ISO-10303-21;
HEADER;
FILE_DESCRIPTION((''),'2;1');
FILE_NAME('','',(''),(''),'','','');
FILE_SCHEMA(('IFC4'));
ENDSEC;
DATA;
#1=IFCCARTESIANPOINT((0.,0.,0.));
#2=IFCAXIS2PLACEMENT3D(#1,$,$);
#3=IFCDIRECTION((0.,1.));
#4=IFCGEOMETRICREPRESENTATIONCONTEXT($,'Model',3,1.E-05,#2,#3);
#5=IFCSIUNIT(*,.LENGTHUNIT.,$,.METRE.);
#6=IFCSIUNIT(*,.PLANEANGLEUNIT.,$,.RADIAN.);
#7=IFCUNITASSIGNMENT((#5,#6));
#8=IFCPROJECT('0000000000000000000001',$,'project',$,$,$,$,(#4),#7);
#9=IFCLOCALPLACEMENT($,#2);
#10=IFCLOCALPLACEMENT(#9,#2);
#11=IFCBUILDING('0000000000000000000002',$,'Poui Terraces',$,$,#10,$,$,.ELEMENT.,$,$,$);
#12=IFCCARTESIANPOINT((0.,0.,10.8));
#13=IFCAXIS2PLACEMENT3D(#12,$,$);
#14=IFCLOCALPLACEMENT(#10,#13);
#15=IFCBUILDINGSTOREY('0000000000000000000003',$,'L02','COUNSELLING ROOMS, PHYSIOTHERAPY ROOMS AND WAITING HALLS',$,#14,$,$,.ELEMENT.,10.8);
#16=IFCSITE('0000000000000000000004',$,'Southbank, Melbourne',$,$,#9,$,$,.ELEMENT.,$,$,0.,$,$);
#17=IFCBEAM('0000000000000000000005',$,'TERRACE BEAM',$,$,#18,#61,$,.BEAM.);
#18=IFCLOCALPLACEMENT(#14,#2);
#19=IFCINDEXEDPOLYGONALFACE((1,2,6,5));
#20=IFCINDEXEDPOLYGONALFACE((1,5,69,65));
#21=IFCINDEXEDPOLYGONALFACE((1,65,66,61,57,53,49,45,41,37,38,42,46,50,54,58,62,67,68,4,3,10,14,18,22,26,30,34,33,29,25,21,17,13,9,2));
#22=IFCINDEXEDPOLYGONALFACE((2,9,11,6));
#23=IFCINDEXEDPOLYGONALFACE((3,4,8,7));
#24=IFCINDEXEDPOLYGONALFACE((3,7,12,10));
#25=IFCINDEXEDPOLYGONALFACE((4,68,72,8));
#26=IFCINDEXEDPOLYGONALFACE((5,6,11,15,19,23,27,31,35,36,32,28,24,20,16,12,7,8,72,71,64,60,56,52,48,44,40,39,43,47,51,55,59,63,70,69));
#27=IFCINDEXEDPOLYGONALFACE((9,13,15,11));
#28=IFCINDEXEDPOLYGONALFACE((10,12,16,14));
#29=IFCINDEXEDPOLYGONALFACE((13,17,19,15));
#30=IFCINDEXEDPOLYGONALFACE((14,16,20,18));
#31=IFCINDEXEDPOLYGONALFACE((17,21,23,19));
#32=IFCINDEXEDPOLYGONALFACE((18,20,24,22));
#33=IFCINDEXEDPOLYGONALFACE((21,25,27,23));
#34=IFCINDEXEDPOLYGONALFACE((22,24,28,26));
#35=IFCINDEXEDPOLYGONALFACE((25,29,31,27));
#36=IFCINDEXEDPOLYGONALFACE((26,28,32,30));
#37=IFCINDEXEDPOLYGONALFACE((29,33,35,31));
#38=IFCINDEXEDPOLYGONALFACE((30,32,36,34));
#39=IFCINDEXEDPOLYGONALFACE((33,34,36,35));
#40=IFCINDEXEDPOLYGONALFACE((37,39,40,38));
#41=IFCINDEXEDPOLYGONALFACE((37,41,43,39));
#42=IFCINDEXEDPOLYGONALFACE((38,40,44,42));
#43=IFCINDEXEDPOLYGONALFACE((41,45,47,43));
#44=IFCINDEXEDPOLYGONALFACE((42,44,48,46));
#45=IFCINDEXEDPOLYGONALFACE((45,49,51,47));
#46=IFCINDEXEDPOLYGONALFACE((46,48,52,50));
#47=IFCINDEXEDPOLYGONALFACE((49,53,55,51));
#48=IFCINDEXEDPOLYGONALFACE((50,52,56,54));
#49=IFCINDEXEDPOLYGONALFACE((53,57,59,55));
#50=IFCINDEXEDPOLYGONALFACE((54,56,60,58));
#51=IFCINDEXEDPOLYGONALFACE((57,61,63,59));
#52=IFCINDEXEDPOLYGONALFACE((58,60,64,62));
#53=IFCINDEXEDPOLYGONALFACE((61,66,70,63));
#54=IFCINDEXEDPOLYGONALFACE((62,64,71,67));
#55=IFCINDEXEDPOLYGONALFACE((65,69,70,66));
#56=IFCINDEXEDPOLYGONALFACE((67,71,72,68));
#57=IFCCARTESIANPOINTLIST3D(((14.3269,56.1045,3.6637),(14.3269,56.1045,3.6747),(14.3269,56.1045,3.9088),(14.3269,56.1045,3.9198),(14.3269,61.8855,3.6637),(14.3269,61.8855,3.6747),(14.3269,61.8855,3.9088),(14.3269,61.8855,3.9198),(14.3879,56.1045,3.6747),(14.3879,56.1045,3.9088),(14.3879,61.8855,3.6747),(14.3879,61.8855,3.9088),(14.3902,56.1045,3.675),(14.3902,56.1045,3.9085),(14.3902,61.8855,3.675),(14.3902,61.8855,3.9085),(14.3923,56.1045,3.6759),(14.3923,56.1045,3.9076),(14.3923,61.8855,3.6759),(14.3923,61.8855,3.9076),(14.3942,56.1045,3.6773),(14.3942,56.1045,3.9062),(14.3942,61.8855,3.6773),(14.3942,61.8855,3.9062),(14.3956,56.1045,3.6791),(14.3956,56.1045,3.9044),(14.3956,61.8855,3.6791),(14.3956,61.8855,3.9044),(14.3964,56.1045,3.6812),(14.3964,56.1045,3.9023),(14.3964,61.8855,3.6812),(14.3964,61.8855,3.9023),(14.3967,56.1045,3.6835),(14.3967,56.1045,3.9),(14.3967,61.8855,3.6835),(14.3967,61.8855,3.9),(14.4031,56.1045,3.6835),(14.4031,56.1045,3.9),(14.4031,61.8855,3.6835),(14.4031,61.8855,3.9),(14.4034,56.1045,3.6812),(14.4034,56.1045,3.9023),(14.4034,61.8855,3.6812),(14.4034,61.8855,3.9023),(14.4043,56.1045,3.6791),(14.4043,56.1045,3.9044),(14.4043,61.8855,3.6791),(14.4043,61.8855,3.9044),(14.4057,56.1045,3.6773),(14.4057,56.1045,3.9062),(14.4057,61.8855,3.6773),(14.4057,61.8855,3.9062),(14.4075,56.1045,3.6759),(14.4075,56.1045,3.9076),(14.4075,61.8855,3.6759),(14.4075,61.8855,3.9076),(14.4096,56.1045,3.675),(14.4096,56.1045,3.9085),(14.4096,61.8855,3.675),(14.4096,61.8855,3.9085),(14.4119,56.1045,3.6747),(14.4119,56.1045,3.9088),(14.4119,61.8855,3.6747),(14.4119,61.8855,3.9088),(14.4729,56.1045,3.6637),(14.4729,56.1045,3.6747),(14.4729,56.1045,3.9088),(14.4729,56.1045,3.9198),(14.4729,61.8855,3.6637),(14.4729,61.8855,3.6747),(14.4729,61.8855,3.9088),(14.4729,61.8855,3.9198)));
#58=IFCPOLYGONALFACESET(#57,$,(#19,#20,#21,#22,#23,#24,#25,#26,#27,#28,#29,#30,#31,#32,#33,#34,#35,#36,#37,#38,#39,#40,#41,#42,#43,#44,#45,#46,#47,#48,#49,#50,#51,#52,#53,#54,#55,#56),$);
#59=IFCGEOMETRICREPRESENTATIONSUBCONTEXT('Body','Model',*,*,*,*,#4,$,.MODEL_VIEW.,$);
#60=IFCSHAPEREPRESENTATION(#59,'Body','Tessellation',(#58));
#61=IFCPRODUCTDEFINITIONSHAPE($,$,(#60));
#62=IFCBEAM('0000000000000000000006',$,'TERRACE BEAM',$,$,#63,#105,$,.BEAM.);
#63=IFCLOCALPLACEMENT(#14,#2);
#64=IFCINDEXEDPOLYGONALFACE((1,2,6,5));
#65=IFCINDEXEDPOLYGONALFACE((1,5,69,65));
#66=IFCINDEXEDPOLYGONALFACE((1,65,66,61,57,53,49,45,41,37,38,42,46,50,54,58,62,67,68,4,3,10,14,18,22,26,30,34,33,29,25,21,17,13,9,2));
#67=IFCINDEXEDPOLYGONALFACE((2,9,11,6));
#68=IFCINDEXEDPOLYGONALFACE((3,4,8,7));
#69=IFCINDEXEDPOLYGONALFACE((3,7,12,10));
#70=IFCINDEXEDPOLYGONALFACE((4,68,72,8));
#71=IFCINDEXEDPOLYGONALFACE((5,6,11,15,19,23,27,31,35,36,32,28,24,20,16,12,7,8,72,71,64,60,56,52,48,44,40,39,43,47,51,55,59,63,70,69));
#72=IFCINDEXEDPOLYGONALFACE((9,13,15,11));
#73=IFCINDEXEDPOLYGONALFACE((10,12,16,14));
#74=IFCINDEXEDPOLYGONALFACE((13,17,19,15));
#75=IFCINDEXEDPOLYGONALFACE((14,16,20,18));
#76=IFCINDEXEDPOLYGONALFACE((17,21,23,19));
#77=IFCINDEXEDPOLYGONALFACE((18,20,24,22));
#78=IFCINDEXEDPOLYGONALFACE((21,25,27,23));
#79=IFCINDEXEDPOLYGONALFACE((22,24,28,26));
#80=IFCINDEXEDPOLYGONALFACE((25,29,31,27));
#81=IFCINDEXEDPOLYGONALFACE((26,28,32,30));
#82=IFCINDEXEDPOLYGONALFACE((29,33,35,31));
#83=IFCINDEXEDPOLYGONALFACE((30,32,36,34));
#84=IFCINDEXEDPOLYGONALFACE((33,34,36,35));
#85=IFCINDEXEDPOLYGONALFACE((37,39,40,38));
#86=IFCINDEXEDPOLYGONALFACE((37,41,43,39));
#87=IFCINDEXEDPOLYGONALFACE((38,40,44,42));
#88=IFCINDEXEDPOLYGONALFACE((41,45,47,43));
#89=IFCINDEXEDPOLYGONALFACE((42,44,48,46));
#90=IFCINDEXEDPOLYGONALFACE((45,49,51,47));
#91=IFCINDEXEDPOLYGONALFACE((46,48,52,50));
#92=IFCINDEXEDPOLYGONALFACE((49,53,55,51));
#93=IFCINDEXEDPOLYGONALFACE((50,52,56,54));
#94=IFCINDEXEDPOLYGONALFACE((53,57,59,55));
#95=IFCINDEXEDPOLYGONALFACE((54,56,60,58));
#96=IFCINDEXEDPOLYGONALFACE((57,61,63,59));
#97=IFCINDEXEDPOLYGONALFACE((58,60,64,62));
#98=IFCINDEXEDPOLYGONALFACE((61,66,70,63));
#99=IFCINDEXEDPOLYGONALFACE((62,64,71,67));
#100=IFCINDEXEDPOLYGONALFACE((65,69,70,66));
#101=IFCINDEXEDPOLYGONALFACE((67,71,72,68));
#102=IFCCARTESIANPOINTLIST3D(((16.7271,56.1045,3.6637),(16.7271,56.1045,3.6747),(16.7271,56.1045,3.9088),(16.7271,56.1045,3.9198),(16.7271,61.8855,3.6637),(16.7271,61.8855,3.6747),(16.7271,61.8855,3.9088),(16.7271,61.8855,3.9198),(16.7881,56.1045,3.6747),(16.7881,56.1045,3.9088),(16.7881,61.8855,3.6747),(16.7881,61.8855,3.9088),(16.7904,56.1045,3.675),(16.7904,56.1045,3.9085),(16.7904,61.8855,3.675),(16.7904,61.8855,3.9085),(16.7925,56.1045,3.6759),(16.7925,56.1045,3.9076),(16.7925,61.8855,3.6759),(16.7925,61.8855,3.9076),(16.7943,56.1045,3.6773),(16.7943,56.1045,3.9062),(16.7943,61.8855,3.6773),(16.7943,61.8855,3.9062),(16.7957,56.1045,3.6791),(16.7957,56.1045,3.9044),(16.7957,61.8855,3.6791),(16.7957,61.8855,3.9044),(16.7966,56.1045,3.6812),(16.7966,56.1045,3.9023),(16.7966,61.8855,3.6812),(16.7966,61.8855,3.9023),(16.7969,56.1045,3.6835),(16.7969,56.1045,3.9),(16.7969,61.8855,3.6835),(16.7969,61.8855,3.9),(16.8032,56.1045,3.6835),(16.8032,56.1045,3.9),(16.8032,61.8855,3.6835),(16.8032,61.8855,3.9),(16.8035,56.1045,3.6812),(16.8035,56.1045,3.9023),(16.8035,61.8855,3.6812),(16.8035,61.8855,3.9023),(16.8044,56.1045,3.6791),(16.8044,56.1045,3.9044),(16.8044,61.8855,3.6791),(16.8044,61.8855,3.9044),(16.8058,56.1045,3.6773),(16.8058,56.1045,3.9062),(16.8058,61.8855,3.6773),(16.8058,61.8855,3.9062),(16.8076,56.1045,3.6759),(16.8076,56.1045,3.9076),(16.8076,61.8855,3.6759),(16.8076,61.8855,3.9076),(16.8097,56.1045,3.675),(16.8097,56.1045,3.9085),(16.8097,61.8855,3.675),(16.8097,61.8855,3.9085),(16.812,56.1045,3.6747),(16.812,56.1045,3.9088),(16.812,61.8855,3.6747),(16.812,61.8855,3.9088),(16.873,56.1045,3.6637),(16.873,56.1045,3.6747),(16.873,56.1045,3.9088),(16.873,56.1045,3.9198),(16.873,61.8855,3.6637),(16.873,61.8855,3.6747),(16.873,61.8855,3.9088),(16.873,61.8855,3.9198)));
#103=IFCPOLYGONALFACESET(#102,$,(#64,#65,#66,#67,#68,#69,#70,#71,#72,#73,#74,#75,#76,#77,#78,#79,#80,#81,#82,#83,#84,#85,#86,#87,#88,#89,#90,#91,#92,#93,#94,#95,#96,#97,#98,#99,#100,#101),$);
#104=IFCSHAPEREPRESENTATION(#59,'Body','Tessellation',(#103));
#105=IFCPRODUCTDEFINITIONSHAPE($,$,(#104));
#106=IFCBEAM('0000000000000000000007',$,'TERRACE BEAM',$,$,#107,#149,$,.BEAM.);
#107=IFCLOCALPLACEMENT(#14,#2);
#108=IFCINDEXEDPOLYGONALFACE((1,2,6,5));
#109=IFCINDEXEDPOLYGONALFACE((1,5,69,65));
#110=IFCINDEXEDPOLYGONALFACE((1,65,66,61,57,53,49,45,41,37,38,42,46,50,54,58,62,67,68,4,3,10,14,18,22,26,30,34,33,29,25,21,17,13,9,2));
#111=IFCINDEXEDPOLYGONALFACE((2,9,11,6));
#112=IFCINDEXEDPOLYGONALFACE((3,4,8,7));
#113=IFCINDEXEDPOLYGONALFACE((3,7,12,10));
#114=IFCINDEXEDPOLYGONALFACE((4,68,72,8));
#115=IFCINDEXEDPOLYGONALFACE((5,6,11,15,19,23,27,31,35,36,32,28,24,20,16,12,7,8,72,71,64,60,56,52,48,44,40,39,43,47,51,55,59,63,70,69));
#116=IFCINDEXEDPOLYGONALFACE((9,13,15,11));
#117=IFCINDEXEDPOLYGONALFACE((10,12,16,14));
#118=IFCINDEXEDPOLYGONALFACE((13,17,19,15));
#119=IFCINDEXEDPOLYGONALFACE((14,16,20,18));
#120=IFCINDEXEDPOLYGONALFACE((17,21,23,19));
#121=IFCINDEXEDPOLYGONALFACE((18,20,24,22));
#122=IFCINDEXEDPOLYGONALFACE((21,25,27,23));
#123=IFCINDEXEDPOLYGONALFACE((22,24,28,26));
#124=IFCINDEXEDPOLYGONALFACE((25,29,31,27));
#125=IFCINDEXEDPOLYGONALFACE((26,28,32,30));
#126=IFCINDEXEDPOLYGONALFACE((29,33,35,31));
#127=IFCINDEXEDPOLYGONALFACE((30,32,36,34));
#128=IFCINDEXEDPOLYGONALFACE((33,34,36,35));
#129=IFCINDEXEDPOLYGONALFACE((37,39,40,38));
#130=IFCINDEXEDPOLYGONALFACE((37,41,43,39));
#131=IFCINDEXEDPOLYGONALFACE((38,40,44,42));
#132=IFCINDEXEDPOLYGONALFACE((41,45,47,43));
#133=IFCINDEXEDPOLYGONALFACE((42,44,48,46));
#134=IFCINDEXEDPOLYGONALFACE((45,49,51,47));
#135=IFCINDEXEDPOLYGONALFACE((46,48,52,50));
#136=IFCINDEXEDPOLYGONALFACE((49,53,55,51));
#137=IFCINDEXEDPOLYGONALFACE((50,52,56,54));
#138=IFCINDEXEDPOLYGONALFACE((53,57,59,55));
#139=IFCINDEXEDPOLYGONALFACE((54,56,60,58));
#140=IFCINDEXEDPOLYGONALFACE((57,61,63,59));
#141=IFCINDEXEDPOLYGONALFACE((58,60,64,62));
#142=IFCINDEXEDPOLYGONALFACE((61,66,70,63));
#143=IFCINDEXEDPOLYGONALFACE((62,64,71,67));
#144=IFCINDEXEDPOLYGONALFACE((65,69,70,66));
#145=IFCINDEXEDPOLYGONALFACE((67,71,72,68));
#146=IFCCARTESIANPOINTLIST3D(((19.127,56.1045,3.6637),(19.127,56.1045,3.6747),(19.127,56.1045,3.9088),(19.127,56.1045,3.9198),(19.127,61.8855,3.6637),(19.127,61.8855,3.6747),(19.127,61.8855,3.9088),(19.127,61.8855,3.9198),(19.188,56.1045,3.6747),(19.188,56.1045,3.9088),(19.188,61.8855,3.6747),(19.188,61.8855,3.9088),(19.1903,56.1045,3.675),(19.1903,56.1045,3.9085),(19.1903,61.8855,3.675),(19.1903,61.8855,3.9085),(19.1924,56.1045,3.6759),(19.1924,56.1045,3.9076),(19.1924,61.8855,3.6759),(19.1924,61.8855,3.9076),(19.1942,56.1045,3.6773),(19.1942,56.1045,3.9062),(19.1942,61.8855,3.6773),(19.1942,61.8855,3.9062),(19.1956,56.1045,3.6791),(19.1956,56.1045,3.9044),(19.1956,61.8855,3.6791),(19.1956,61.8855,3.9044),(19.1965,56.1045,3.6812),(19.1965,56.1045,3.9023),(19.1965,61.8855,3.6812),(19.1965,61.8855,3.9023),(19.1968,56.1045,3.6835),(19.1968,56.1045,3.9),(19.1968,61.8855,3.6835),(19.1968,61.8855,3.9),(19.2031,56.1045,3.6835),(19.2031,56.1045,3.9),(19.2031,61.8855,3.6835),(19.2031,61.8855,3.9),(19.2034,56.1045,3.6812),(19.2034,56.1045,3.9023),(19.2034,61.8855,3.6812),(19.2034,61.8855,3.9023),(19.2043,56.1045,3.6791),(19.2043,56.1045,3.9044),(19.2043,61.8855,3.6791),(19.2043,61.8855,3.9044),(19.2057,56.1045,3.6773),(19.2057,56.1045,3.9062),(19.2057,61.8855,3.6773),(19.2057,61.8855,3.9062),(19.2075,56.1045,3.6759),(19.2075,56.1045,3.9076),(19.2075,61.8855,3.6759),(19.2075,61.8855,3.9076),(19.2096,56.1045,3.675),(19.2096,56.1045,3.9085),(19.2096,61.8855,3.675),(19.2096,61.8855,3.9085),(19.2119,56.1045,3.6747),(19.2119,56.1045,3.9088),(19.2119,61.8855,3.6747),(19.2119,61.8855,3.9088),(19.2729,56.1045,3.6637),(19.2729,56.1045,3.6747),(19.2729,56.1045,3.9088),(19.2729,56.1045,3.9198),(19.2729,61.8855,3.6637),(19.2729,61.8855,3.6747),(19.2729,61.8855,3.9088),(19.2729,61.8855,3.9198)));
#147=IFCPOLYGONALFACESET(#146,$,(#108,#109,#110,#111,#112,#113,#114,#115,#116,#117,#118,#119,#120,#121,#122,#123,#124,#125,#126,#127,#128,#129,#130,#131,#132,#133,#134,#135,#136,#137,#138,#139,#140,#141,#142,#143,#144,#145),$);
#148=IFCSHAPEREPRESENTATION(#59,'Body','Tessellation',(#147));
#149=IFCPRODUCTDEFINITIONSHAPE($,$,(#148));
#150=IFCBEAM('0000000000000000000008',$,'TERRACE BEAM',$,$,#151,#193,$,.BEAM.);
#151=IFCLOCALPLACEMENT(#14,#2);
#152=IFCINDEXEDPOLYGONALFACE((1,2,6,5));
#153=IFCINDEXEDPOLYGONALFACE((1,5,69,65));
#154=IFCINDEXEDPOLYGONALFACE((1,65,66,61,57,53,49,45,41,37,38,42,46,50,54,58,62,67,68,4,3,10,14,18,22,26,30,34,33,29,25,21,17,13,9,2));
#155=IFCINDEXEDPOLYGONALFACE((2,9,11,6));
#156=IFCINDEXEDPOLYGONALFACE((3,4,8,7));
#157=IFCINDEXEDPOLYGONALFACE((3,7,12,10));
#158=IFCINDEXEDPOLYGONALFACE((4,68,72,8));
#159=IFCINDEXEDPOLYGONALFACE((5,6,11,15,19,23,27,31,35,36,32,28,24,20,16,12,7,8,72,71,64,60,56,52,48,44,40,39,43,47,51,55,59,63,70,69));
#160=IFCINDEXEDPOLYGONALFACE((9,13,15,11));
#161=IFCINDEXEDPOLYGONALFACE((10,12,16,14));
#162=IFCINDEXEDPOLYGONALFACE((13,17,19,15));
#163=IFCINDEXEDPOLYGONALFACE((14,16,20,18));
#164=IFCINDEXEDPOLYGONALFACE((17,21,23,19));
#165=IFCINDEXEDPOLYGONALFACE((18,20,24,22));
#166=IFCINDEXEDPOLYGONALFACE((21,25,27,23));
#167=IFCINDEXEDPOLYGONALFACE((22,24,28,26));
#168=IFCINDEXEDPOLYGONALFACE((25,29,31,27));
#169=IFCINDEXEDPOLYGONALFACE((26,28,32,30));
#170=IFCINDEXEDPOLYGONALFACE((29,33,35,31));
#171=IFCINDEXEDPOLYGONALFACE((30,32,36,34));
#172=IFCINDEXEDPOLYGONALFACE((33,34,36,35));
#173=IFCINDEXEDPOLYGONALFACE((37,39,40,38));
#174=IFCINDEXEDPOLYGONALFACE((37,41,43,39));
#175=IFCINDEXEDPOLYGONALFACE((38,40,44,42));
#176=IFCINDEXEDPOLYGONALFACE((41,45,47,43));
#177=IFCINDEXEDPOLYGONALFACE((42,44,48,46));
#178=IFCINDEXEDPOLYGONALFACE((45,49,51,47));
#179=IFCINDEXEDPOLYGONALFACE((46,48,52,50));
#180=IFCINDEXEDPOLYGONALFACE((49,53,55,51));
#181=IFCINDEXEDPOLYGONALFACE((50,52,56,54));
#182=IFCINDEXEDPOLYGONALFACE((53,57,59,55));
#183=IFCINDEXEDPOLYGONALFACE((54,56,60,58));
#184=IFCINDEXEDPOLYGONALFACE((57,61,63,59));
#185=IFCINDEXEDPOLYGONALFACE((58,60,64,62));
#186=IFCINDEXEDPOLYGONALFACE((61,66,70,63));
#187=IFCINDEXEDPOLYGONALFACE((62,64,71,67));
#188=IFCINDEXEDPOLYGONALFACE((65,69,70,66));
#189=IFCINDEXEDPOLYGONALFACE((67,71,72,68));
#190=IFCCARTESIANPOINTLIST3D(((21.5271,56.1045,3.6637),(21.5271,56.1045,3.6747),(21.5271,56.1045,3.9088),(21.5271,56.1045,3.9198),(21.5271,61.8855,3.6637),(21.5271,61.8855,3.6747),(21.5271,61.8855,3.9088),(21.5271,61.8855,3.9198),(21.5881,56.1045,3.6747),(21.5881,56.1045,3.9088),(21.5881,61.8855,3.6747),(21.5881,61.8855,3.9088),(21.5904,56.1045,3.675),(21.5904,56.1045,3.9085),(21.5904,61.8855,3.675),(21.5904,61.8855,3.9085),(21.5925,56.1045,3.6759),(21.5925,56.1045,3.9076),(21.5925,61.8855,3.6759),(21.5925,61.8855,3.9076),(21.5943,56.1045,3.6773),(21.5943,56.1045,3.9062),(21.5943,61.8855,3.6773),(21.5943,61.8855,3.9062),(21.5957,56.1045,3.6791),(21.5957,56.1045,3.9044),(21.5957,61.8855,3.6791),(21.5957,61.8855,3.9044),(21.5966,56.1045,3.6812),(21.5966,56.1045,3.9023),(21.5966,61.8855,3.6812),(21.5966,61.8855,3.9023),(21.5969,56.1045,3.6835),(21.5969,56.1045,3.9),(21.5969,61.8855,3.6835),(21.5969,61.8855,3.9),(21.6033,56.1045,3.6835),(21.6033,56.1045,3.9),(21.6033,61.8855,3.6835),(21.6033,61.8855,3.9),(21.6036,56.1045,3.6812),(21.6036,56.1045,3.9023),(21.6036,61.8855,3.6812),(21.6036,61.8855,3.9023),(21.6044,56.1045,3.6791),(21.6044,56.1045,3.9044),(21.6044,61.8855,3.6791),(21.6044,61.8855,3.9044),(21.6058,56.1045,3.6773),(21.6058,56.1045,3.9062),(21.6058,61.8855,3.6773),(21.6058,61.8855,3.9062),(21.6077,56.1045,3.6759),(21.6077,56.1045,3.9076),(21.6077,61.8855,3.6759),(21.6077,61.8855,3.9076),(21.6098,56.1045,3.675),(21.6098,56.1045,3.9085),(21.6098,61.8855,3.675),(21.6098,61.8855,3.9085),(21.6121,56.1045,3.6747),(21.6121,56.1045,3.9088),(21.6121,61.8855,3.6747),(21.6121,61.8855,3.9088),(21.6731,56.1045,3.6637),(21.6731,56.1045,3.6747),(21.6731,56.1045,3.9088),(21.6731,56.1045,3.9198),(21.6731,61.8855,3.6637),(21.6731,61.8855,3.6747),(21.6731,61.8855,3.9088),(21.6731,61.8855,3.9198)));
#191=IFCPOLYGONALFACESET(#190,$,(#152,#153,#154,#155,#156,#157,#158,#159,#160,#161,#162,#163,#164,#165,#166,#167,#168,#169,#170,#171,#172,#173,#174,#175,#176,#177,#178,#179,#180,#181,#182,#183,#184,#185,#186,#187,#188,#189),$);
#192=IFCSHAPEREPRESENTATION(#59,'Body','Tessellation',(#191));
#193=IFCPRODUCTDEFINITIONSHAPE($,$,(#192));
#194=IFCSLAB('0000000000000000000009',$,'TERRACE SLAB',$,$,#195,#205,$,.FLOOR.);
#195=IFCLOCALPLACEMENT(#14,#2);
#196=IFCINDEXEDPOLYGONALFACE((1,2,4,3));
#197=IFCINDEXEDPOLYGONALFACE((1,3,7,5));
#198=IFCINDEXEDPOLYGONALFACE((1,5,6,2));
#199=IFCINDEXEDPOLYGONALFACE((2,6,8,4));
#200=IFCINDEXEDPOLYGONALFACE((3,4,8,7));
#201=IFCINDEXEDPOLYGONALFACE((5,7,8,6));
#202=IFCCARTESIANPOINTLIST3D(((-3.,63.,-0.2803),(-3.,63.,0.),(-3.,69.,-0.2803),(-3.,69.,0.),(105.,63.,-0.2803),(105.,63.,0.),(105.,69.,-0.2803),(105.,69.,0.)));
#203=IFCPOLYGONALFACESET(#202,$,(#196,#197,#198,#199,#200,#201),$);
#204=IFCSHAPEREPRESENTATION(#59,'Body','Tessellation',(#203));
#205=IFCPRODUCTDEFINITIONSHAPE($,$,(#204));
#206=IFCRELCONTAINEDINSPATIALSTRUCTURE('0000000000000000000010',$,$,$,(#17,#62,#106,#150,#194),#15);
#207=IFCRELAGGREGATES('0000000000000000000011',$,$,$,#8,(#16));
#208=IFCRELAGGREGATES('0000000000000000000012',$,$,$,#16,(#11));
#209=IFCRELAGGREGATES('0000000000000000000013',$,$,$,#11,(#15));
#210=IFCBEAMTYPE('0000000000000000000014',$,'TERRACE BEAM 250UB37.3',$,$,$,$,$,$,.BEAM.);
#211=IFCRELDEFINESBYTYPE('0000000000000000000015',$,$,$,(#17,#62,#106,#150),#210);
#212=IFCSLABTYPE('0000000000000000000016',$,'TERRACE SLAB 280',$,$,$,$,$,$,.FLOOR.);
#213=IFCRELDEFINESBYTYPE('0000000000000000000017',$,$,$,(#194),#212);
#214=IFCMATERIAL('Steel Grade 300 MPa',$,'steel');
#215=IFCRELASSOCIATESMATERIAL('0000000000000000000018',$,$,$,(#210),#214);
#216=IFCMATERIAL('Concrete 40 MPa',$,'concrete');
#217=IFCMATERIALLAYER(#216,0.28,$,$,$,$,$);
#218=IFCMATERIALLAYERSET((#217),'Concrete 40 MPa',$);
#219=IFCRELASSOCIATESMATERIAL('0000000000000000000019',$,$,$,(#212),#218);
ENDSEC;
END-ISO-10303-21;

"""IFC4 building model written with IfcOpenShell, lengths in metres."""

from ifc_helpers import new_model, si_unit, direction, frame, origin, origin_2d, place, context, subcontext, project, spatial, polyline, i_section, outline, extrude, source, transform, mapped, material, layer, layer_set, material_profile, profile_set, type_object, element, save


model = new_model("IFC4")

# Units and contexts
model_context = context("Model", 3, precision=1e-05, world=origin(), true_north=direction((0.0, 1.0)))
body_context = subcontext(model_context, "Body", "Model", "MODEL_VIEW")
ifc_project = project(units=[si_unit("LENGTHUNIT", "METRE"), si_unit("PLANEANGLEUNIT", "RADIAN")], contexts=[model_context])

# Site, building, storey
site_placement = place(None, origin())
site = spatial("IfcSite", under=ifc_project, at=site_placement, Name="Southbank, Melbourne", CompositionType="ELEMENT", RefElevation=0.0)
building_placement = place(site_placement, origin())
building = spatial("IfcBuilding", under=site, at=building_placement, Name="Poui Terraces", CompositionType="ELEMENT")
storey_placement = place(building_placement, frame((0.0, 0.0, 10.8)))
storey = spatial("IfcBuildingStorey", under=building, at=storey_placement, Name="L02", Description="COUNSELLING ROOMS, PHYSIOTHERAPY ROOMS AND WAITING HALLS", CompositionType="ELEMENT", Elevation=10.8)

# Beams
ifc_material_1 = material(Name="Steel Grade 300 MPa", Category="steel")
ifc_material_profile_1 = material_profile(ifc_material_1, i_section(OverallWidth=0.146, OverallDepth=0.2561, WebThickness=0.0063, FlangeThickness=0.011, FilletRadius=0.0088, at=origin_2d()), Name="250UB37.3")
ifc_profile_set_1 = profile_set([ifc_material_profile_1], Name="Steel Grade 300 MPa")
beam_type_1 = type_object("IfcBeamType", Name="TERRACE BEAM 250UB37.3", PredefinedType="BEAM", material=ifc_profile_set_1)
shared_shape_1 = source(origin(), body_context, "Body", "SweptSolid", [
    extrude(i_section(OverallWidth=0.146, OverallDepth=0.2561, WebThickness=0.0063, FlangeThickness=0.011, FilletRadius=0.0088, at=origin_2d()), origin(), (0.0, 0.0, 1.0), 5.781),
])
for number, where, z_axis, x_axis, name in (
    (1, (14.3999, 56.1045, 3.7917), (0.0, 1.0, 0.0), (-1.0, 0.0, 0.0), "TERRACE BEAM"),
    (2, (16.8, 56.1045, 3.7917), (0.0, 1.0, 0.0), (-1.0, 0.0, 0.0), "TERRACE BEAM"),
    (3, (19.2, 56.1045, 3.7917), (0.0, 1.0, 0.0), (-1.0, 0.0, 0.0), "TERRACE BEAM"),
    (4, (21.6001, 56.1045, 3.7917), (0.0, 1.0, 0.0), (-1.0, 0.0, 0.0), "TERRACE BEAM"),
):
    element("IfcBeam", number, at=place(storey_placement, frame(where, z_axis=z_axis, x_axis=x_axis)), inside=storey, type_object=beam_type_1, Name=name, PredefinedType="BEAM", context=body_context, shape_type="MappedRepresentation", body=[
        mapped(shared_shape_1, transform((0.0, 0.0, 0.0))),
    ])

# Slab
ifc_material_2 = material(Name="Concrete 40 MPa", Category="concrete")
ifc_layer_1 = layer(ifc_material_2, 0.28)
ifc_layer_set_1 = layer_set([ifc_layer_1], Name="Concrete 40 MPa")
slab_type = type_object("IfcSlabType", Name="TERRACE SLAB 280", PredefinedType="FLOOR", material=ifc_layer_set_1)
shared_shape_2 = source(origin(), body_context, "Body", "SweptSolid", [
    extrude(outline(polyline([(0.0, 0.0), (0.0, -6.0), (108.0, -6.0), (108.0, 0.0), (0.0, 0.0)])), origin(), (0.0, 0.0, 1.0), 0.2803),
])
slab_placement = place(storey_placement, frame((-3.0, 69.0, -0.2803)))
element("IfcSlab", 5, at=slab_placement, inside=storey, type_object=slab_type, Name="TERRACE SLAB", PredefinedType="FLOOR", context=body_context, shape_type="MappedRepresentation", body=[
    mapped(shared_shape_2, transform((0.0, 0.0, 0.0))),
])

save(model, "model.ifc")
